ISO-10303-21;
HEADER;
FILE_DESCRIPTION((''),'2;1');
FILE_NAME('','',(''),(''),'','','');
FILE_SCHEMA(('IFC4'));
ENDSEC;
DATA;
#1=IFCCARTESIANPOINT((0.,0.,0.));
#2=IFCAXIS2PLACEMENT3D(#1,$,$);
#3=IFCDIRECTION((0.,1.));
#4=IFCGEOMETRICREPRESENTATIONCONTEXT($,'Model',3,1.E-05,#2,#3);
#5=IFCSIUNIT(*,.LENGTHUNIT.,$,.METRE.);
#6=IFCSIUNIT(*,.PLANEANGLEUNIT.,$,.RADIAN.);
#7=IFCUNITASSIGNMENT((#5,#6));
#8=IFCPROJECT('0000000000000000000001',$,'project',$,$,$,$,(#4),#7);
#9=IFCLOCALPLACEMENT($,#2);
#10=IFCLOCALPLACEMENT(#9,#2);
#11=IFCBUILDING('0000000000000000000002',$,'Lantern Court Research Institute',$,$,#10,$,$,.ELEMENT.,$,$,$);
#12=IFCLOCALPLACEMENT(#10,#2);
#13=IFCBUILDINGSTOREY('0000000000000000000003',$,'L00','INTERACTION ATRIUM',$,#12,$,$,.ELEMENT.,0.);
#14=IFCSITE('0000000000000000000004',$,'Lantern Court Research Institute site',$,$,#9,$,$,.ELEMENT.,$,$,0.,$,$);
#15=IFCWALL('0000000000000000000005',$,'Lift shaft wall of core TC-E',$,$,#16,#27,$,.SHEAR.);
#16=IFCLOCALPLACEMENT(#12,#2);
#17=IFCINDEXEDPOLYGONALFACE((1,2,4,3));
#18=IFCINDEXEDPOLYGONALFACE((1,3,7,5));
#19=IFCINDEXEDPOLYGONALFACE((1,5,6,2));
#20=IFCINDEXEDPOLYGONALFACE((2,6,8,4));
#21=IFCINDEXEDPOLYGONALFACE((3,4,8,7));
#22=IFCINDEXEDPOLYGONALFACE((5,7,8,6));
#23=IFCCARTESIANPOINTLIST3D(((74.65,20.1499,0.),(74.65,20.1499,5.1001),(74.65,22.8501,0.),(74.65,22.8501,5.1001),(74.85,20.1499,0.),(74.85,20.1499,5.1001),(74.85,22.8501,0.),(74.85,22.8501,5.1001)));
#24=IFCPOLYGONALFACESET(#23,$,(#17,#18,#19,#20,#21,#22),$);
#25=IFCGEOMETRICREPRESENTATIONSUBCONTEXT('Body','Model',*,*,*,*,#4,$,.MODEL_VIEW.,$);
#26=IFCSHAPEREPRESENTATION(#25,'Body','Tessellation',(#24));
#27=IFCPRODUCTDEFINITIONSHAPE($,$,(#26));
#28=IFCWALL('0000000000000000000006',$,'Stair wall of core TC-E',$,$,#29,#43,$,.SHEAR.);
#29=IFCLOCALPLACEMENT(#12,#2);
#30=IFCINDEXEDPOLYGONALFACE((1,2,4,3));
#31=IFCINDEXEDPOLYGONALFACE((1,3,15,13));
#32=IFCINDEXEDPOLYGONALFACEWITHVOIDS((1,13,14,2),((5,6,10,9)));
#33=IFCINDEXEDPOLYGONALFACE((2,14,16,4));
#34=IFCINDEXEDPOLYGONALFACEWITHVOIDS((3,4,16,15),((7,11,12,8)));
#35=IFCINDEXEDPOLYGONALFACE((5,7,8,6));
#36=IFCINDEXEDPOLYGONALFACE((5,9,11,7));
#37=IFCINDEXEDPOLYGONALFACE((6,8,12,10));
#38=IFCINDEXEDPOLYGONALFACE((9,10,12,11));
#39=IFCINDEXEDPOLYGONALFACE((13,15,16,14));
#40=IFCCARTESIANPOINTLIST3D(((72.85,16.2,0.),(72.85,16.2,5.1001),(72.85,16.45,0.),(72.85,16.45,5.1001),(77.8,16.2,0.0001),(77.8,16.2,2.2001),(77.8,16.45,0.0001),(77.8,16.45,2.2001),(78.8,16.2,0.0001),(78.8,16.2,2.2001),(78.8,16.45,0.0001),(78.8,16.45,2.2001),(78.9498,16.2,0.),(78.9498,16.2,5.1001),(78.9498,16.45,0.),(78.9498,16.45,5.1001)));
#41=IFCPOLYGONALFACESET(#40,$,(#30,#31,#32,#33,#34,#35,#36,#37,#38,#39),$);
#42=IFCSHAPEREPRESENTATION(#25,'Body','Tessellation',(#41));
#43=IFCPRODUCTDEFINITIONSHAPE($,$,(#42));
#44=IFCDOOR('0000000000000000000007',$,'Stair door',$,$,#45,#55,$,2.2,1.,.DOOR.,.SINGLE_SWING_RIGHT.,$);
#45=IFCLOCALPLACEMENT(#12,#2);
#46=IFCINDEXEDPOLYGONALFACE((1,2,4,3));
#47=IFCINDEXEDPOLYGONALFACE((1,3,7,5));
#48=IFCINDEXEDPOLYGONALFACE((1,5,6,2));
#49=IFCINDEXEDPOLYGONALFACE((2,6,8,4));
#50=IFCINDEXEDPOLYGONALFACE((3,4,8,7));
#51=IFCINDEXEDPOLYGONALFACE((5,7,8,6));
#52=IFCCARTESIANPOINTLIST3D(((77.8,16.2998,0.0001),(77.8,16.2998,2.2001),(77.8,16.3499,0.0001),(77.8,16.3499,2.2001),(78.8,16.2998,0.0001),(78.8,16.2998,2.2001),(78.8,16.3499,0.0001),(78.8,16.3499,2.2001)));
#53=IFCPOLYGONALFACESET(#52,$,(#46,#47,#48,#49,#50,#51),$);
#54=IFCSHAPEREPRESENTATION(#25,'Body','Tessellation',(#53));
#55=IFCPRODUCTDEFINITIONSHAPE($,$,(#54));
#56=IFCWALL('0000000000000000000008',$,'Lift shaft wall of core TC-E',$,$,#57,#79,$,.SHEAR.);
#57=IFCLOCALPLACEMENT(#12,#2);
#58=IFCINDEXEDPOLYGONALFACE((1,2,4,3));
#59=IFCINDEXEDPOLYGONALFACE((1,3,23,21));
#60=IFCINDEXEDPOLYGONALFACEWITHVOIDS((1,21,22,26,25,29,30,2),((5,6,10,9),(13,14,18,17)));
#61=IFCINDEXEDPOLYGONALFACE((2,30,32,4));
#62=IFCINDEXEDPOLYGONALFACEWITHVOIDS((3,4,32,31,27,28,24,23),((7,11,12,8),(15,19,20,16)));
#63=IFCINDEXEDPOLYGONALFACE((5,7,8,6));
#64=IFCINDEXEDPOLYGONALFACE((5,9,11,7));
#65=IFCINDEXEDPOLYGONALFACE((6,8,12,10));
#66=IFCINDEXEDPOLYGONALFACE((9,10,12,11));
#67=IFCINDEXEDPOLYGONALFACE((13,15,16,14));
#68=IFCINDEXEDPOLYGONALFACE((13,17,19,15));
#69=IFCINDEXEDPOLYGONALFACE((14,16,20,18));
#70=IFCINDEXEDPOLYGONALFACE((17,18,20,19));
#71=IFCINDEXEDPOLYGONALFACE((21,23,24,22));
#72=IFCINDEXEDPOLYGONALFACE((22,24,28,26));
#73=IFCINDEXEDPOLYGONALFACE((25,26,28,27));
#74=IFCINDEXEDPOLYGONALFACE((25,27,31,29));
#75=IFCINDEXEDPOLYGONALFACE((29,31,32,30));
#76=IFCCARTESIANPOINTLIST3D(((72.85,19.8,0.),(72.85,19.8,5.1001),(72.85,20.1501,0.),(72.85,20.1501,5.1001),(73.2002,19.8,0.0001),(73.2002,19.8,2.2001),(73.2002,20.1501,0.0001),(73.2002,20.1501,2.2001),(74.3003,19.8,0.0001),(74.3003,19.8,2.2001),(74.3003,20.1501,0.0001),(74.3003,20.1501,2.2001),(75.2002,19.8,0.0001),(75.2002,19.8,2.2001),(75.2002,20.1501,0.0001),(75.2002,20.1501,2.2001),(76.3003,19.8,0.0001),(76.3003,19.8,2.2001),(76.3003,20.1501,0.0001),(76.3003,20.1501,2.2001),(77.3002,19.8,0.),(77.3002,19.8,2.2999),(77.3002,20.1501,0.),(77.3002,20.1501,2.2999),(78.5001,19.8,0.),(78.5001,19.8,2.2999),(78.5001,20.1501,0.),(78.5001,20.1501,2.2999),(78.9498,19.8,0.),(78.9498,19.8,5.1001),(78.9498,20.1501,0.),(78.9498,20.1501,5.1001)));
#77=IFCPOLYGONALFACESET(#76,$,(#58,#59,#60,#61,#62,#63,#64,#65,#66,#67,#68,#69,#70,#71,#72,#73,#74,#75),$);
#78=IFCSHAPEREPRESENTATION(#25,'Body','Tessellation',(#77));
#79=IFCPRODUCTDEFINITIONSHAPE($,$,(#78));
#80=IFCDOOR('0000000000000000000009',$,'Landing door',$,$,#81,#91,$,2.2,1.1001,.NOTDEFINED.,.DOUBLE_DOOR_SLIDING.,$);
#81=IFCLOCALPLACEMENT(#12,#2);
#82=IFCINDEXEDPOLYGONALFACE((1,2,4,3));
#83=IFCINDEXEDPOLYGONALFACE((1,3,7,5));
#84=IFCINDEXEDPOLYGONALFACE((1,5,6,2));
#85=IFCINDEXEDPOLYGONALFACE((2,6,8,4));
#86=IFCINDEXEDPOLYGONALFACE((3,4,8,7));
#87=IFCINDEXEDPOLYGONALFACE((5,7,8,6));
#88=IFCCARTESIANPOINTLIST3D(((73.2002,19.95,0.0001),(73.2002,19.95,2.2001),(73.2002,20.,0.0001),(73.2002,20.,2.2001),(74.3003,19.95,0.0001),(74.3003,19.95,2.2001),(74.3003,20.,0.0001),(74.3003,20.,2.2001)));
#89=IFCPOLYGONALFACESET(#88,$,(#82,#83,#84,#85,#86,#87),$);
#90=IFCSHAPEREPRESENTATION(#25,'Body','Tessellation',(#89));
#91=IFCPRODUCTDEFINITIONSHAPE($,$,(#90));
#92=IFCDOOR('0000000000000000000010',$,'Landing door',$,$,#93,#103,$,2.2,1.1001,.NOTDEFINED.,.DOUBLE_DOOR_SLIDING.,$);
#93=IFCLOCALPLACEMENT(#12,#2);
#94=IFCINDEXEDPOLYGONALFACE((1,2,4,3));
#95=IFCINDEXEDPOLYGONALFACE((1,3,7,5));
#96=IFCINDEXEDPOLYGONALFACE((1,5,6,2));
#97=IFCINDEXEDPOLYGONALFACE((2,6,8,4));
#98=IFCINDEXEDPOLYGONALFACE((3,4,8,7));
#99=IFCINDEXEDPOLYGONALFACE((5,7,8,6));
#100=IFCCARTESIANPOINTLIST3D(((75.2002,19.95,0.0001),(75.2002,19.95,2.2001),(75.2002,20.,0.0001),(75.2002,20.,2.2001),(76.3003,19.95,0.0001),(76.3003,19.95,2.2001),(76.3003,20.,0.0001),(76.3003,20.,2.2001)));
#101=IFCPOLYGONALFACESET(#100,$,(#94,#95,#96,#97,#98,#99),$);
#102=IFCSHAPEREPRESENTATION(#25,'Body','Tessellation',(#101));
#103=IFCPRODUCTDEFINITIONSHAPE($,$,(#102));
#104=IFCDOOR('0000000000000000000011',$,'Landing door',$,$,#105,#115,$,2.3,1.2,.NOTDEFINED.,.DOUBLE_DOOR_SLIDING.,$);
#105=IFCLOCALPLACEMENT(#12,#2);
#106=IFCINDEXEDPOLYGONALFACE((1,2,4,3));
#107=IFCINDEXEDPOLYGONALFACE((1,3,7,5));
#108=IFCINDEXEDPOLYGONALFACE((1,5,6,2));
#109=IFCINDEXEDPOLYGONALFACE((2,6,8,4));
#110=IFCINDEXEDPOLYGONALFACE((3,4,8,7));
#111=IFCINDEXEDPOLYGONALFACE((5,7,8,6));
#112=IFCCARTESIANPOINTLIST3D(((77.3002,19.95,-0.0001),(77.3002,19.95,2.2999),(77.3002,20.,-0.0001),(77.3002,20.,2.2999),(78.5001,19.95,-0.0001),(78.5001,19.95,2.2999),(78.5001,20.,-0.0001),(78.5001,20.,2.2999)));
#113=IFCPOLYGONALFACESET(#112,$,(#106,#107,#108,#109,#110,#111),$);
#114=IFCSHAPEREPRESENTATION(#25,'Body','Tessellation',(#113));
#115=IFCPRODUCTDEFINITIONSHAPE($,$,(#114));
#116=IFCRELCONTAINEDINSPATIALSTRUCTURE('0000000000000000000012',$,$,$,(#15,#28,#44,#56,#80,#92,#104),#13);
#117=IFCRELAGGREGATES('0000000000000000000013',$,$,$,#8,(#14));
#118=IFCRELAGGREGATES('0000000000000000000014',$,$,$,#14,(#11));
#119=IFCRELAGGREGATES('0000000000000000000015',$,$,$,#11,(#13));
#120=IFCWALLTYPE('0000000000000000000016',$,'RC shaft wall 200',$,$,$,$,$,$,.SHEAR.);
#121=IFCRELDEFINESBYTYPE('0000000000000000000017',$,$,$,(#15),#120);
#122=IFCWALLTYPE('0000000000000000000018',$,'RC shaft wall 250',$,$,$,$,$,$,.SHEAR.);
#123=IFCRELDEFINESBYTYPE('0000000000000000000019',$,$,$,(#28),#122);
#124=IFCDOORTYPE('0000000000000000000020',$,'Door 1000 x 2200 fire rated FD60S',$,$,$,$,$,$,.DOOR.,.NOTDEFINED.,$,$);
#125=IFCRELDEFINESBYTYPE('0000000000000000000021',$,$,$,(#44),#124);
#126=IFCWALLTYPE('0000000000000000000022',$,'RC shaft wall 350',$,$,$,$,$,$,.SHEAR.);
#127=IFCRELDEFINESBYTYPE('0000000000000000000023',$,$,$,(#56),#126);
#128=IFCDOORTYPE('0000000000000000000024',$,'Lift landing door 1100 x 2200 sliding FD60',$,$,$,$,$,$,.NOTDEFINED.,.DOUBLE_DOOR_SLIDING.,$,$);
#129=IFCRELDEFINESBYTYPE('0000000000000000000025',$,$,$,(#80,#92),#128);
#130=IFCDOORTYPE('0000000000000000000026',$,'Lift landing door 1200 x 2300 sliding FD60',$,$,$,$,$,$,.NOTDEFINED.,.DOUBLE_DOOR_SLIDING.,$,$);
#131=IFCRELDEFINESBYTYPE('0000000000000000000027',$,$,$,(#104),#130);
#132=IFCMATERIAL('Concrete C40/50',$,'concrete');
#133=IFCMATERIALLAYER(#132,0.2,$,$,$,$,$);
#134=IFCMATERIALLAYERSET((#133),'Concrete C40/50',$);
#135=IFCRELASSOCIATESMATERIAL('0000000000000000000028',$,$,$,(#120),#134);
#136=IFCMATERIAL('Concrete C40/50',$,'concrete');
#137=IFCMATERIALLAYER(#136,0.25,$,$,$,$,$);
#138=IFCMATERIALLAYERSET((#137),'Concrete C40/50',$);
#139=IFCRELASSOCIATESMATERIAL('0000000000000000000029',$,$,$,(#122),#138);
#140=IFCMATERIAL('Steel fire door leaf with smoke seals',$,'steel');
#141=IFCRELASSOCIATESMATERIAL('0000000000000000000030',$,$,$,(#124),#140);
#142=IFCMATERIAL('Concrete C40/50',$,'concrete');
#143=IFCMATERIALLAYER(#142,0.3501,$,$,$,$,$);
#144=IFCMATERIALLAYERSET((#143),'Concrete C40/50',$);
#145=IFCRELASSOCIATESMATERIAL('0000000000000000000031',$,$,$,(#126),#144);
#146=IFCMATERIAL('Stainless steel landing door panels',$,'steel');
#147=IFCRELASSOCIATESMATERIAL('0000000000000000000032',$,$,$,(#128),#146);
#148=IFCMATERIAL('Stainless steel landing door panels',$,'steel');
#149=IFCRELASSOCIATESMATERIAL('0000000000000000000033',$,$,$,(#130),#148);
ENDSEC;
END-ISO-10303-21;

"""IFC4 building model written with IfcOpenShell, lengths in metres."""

from ifc_helpers import new_model, si_unit, direction, frame, frame_2d, origin, place, context, subcontext, project, spatial, rectangle, extrude, material, layer, layer_set, type_object, element, fill, save


model = new_model("IFC4")

# Units and contexts
model_context = context("Model", 3, precision=1e-05, world=origin(), true_north=direction((0.0, 1.0)))
body_context = subcontext(model_context, "Body", "Model", "MODEL_VIEW")
ifc_project = project(units=[si_unit("LENGTHUNIT", "METRE"), si_unit("PLANEANGLEUNIT", "RADIAN")], contexts=[model_context])

# Site, building, storey
site_placement = place(None, origin())
site = spatial("IfcSite", under=ifc_project, at=site_placement, Name="Lantern Court Research Institute site", CompositionType="ELEMENT", RefElevation=0.0)
building_placement = place(site_placement, origin())
building = spatial("IfcBuilding", under=site, at=building_placement, Name="Lantern Court Research Institute", CompositionType="ELEMENT")
storey_placement = place(building_placement, origin())
storey = spatial("IfcBuildingStorey", under=building, at=storey_placement, Name="L00", Description="INTERACTION ATRIUM", CompositionType="ELEMENT", Elevation=0.0)

# Wall
ifc_material_1 = material(Name="Concrete C40/50", Category="concrete")
ifc_layer_1 = layer(ifc_material_1, 0.2)
ifc_layer_set_1 = layer_set([ifc_layer_1], Name="Concrete C40/50")
wall_type_1 = type_object("IfcWallType", Name="RC shaft wall 200", PredefinedType="SHEAR", material=ifc_layer_set_1)
wall_1_placement = place(storey_placement, frame((74.75, 20.1499, 0.0), z_axis=(0.0, 0.0, 1.0), x_axis=(0.0, 1.0, 0.0)))
element("IfcWall", 1, at=wall_1_placement, inside=storey, type_object=wall_type_1, Name="Lift shaft wall of core TC-E", PredefinedType="SHEAR", context=body_context, shape_type="SweptSolid", body=[
    extrude(rectangle(XDim=2.7002, YDim=0.2, at=frame_2d((1.3501, 0.0))), origin(), (0.0, 0.0, 1.0), 5.1001),
])

# Wall, opening, door
ifc_material_2 = material(Name="Concrete C40/50", Category="concrete")
ifc_layer_2 = layer(ifc_material_2, 0.25)
ifc_layer_set_2 = layer_set([ifc_layer_2], Name="Concrete C40/50")
wall_type_2 = type_object("IfcWallType", Name="RC shaft wall 250", PredefinedType="SHEAR", material=ifc_layer_set_2)
wall_2_placement = place(storey_placement, frame((72.8501, 16.325, 0.0), z_axis=(0.0, 0.0, 1.0), x_axis=(1.0, 0.0, 0.0)))
wall_2 = element("IfcWall", 2, at=wall_2_placement, inside=storey, type_object=wall_type_2, Name="Stair wall of core TC-E", PredefinedType="SHEAR", context=body_context, shape_type="SweptSolid", body=[
    extrude(rectangle(XDim=6.0999, YDim=0.25, at=frame_2d((3.0498, 0.0))), origin(), (0.0, 0.0, 1.0), 5.1001),
])
opening_1_placement = place(wall_2_placement, frame((4.95, 0.0, 0.0)))
opening_1 = element("IfcOpeningElement", 3, at=opening_1_placement, cuts=wall_2, PredefinedType="OPENING", context=body_context, shape_type="SweptSolid", body=[
    extrude(rectangle(XDim=1.0, YDim=2.2, at=frame_2d((0.5, 1.1001))), frame((0.0, 0.135, 0.0), z_axis=(0.0, -1.0, 0.0), x_axis=(1.0, 0.0, 0.0)), (0.0, 0.0, 1.0), 0.27),
])
ifc_material_3 = material(Name="Steel fire door leaf with smoke seals", Category="steel")
door_type_1 = type_object("IfcDoorType", Name="Door 1000 x 2200 fire rated FD60S", OperationType="NOTDEFINED", PredefinedType="DOOR", material=ifc_material_3)
door_1_placement = place(opening_1_placement, origin())
door_1 = element("IfcDoor", 4, at=door_1_placement, inside=storey, type_object=door_type_1, Name="Stair door", OperationType="SINGLE_SWING_RIGHT", OverallHeight=2.2, OverallWidth=1.0, PredefinedType="DOOR", context=body_context, shape_type="SweptSolid", body=[
    extrude(rectangle(XDim=1.0, YDim=2.2, at=frame_2d((0.5, 1.1001))), frame((0.0, 0.0249, 0.0), z_axis=(0.0, -1.0, 0.0), x_axis=(1.0, 0.0, 0.0)), (0.0, 0.0, 1.0), 0.05),
])
fill(opening_1, door_1)

# Wall, openings, doors
ifc_material_4 = material(Name="Concrete C40/50", Category="concrete")
ifc_layer_3 = layer(ifc_material_4, 0.3501)
ifc_layer_set_3 = layer_set([ifc_layer_3], Name="Concrete C40/50")
wall_type_3 = type_object("IfcWallType", Name="RC shaft wall 350", PredefinedType="SHEAR", material=ifc_layer_set_3)
wall_3_placement = place(storey_placement, frame((72.8501, 19.9751, 0.0), z_axis=(0.0, 0.0, 1.0), x_axis=(1.0, 0.0, 0.0)))
wall_3 = element("IfcWall", 5, at=wall_3_placement, inside=storey, type_object=wall_type_3, Name="Lift shaft wall of core TC-E", PredefinedType="SHEAR", context=body_context, shape_type="SweptSolid", body=[
    extrude(rectangle(XDim=6.0999, YDim=0.3501, at=frame_2d((3.0498, 0.0))), origin(), (0.0, 0.0, 1.0), 5.1001),
])
opening_2_placement = place(wall_3_placement, frame((0.3501, 0.0, 0.0)))
opening_2 = element("IfcOpeningElement", 6, at=opening_2_placement, cuts=wall_3, PredefinedType="OPENING", context=body_context, shape_type="SweptSolid", body=[
    extrude(rectangle(XDim=1.1001, YDim=2.2, at=frame_2d((0.55, 1.1001))), frame((0.0, 0.1851, 0.0), z_axis=(0.0, -1.0, 0.0), x_axis=(1.0, 0.0, 0.0)), (0.0, 0.0, 1.0), 0.3701),
])
opening_3_placement = place(wall_3_placement, frame((2.3501, 0.0, 0.0)))
opening_3 = element("IfcOpeningElement", 7, at=opening_3_placement, cuts=wall_3, PredefinedType="OPENING", context=body_context, shape_type="SweptSolid", body=[
    extrude(rectangle(XDim=1.1001, YDim=2.2, at=frame_2d((0.55, 1.1001))), frame((0.0, 0.1851, 0.0), z_axis=(0.0, -1.0, 0.0), x_axis=(1.0, 0.0, 0.0)), (0.0, 0.0, 1.0), 0.3701),
])
opening_4_placement = place(wall_3_placement, frame((4.45, 0.0, 0.0)))
opening_4 = element("IfcOpeningElement", 8, at=opening_4_placement, cuts=wall_3, PredefinedType="OPENING", context=body_context, shape_type="SweptSolid", body=[
    extrude(rectangle(XDim=1.2, YDim=2.3, at=frame_2d((0.6001, 1.1499))), frame((0.0, 0.1851, 0.0), z_axis=(0.0, -1.0, 0.0), x_axis=(1.0, 0.0, 0.0)), (0.0, 0.0, 1.0), 0.3701),
])
ifc_material_5 = material(Name="Stainless steel landing door panels", Category="steel")
door_type_2 = type_object("IfcDoorType", Name="Lift landing door 1100 x 2200 sliding FD60", OperationType="DOUBLE_DOOR_SLIDING", PredefinedType="NOTDEFINED", material=ifc_material_5)
door_2_placement = place(opening_2_placement, origin())
door_2 = element("IfcDoor", 9, at=door_2_placement, inside=storey, type_object=door_type_2, Name="Landing door", OperationType="DOUBLE_DOOR_SLIDING", OverallHeight=2.2, OverallWidth=1.1001, PredefinedType="NOTDEFINED", context=body_context, shape_type="SweptSolid", body=[
    extrude(rectangle(XDim=1.1001, YDim=2.2, at=frame_2d((0.55, 1.1001))), frame((0.0, 0.0249, 0.0), z_axis=(0.0, -1.0, 0.0), x_axis=(1.0, 0.0, 0.0)), (0.0, 0.0, 1.0), 0.05),
])
fill(opening_2, door_2)
door_3_placement = place(opening_3_placement, origin())
door_3 = element("IfcDoor", 10, at=door_3_placement, inside=storey, type_object=door_type_2, Name="Landing door", OperationType="DOUBLE_DOOR_SLIDING", OverallHeight=2.2, OverallWidth=1.1001, PredefinedType="NOTDEFINED", context=body_context, shape_type="SweptSolid", body=[
    extrude(rectangle(XDim=1.1001, YDim=2.2, at=frame_2d((0.55, 1.1001))), frame((0.0, 0.0249, 0.0), z_axis=(0.0, -1.0, 0.0), x_axis=(1.0, 0.0, 0.0)), (0.0, 0.0, 1.0), 0.05),
])
fill(opening_3, door_3)
ifc_material_6 = material(Name="Stainless steel landing door panels", Category="steel")
door_type_3 = type_object("IfcDoorType", Name="Lift landing door 1200 x 2300 sliding FD60", OperationType="DOUBLE_DOOR_SLIDING", PredefinedType="NOTDEFINED", material=ifc_material_6)
door_4_placement = place(opening_4_placement, origin())
door_4 = element("IfcDoor", 11, at=door_4_placement, inside=storey, type_object=door_type_3, Name="Landing door", OperationType="DOUBLE_DOOR_SLIDING", OverallHeight=2.3, OverallWidth=1.2, PredefinedType="NOTDEFINED", context=body_context, shape_type="SweptSolid", body=[
    extrude(rectangle(XDim=1.2, YDim=2.3, at=frame_2d((0.6001, 1.1499))), frame((0.0, 0.0249, 0.0), z_axis=(0.0, -1.0, 0.0), x_axis=(1.0, 0.0, 0.0)), (0.0, 0.0, 1.0), 0.05),
])
fill(opening_4, door_4)

save(model, "model.ifc")
